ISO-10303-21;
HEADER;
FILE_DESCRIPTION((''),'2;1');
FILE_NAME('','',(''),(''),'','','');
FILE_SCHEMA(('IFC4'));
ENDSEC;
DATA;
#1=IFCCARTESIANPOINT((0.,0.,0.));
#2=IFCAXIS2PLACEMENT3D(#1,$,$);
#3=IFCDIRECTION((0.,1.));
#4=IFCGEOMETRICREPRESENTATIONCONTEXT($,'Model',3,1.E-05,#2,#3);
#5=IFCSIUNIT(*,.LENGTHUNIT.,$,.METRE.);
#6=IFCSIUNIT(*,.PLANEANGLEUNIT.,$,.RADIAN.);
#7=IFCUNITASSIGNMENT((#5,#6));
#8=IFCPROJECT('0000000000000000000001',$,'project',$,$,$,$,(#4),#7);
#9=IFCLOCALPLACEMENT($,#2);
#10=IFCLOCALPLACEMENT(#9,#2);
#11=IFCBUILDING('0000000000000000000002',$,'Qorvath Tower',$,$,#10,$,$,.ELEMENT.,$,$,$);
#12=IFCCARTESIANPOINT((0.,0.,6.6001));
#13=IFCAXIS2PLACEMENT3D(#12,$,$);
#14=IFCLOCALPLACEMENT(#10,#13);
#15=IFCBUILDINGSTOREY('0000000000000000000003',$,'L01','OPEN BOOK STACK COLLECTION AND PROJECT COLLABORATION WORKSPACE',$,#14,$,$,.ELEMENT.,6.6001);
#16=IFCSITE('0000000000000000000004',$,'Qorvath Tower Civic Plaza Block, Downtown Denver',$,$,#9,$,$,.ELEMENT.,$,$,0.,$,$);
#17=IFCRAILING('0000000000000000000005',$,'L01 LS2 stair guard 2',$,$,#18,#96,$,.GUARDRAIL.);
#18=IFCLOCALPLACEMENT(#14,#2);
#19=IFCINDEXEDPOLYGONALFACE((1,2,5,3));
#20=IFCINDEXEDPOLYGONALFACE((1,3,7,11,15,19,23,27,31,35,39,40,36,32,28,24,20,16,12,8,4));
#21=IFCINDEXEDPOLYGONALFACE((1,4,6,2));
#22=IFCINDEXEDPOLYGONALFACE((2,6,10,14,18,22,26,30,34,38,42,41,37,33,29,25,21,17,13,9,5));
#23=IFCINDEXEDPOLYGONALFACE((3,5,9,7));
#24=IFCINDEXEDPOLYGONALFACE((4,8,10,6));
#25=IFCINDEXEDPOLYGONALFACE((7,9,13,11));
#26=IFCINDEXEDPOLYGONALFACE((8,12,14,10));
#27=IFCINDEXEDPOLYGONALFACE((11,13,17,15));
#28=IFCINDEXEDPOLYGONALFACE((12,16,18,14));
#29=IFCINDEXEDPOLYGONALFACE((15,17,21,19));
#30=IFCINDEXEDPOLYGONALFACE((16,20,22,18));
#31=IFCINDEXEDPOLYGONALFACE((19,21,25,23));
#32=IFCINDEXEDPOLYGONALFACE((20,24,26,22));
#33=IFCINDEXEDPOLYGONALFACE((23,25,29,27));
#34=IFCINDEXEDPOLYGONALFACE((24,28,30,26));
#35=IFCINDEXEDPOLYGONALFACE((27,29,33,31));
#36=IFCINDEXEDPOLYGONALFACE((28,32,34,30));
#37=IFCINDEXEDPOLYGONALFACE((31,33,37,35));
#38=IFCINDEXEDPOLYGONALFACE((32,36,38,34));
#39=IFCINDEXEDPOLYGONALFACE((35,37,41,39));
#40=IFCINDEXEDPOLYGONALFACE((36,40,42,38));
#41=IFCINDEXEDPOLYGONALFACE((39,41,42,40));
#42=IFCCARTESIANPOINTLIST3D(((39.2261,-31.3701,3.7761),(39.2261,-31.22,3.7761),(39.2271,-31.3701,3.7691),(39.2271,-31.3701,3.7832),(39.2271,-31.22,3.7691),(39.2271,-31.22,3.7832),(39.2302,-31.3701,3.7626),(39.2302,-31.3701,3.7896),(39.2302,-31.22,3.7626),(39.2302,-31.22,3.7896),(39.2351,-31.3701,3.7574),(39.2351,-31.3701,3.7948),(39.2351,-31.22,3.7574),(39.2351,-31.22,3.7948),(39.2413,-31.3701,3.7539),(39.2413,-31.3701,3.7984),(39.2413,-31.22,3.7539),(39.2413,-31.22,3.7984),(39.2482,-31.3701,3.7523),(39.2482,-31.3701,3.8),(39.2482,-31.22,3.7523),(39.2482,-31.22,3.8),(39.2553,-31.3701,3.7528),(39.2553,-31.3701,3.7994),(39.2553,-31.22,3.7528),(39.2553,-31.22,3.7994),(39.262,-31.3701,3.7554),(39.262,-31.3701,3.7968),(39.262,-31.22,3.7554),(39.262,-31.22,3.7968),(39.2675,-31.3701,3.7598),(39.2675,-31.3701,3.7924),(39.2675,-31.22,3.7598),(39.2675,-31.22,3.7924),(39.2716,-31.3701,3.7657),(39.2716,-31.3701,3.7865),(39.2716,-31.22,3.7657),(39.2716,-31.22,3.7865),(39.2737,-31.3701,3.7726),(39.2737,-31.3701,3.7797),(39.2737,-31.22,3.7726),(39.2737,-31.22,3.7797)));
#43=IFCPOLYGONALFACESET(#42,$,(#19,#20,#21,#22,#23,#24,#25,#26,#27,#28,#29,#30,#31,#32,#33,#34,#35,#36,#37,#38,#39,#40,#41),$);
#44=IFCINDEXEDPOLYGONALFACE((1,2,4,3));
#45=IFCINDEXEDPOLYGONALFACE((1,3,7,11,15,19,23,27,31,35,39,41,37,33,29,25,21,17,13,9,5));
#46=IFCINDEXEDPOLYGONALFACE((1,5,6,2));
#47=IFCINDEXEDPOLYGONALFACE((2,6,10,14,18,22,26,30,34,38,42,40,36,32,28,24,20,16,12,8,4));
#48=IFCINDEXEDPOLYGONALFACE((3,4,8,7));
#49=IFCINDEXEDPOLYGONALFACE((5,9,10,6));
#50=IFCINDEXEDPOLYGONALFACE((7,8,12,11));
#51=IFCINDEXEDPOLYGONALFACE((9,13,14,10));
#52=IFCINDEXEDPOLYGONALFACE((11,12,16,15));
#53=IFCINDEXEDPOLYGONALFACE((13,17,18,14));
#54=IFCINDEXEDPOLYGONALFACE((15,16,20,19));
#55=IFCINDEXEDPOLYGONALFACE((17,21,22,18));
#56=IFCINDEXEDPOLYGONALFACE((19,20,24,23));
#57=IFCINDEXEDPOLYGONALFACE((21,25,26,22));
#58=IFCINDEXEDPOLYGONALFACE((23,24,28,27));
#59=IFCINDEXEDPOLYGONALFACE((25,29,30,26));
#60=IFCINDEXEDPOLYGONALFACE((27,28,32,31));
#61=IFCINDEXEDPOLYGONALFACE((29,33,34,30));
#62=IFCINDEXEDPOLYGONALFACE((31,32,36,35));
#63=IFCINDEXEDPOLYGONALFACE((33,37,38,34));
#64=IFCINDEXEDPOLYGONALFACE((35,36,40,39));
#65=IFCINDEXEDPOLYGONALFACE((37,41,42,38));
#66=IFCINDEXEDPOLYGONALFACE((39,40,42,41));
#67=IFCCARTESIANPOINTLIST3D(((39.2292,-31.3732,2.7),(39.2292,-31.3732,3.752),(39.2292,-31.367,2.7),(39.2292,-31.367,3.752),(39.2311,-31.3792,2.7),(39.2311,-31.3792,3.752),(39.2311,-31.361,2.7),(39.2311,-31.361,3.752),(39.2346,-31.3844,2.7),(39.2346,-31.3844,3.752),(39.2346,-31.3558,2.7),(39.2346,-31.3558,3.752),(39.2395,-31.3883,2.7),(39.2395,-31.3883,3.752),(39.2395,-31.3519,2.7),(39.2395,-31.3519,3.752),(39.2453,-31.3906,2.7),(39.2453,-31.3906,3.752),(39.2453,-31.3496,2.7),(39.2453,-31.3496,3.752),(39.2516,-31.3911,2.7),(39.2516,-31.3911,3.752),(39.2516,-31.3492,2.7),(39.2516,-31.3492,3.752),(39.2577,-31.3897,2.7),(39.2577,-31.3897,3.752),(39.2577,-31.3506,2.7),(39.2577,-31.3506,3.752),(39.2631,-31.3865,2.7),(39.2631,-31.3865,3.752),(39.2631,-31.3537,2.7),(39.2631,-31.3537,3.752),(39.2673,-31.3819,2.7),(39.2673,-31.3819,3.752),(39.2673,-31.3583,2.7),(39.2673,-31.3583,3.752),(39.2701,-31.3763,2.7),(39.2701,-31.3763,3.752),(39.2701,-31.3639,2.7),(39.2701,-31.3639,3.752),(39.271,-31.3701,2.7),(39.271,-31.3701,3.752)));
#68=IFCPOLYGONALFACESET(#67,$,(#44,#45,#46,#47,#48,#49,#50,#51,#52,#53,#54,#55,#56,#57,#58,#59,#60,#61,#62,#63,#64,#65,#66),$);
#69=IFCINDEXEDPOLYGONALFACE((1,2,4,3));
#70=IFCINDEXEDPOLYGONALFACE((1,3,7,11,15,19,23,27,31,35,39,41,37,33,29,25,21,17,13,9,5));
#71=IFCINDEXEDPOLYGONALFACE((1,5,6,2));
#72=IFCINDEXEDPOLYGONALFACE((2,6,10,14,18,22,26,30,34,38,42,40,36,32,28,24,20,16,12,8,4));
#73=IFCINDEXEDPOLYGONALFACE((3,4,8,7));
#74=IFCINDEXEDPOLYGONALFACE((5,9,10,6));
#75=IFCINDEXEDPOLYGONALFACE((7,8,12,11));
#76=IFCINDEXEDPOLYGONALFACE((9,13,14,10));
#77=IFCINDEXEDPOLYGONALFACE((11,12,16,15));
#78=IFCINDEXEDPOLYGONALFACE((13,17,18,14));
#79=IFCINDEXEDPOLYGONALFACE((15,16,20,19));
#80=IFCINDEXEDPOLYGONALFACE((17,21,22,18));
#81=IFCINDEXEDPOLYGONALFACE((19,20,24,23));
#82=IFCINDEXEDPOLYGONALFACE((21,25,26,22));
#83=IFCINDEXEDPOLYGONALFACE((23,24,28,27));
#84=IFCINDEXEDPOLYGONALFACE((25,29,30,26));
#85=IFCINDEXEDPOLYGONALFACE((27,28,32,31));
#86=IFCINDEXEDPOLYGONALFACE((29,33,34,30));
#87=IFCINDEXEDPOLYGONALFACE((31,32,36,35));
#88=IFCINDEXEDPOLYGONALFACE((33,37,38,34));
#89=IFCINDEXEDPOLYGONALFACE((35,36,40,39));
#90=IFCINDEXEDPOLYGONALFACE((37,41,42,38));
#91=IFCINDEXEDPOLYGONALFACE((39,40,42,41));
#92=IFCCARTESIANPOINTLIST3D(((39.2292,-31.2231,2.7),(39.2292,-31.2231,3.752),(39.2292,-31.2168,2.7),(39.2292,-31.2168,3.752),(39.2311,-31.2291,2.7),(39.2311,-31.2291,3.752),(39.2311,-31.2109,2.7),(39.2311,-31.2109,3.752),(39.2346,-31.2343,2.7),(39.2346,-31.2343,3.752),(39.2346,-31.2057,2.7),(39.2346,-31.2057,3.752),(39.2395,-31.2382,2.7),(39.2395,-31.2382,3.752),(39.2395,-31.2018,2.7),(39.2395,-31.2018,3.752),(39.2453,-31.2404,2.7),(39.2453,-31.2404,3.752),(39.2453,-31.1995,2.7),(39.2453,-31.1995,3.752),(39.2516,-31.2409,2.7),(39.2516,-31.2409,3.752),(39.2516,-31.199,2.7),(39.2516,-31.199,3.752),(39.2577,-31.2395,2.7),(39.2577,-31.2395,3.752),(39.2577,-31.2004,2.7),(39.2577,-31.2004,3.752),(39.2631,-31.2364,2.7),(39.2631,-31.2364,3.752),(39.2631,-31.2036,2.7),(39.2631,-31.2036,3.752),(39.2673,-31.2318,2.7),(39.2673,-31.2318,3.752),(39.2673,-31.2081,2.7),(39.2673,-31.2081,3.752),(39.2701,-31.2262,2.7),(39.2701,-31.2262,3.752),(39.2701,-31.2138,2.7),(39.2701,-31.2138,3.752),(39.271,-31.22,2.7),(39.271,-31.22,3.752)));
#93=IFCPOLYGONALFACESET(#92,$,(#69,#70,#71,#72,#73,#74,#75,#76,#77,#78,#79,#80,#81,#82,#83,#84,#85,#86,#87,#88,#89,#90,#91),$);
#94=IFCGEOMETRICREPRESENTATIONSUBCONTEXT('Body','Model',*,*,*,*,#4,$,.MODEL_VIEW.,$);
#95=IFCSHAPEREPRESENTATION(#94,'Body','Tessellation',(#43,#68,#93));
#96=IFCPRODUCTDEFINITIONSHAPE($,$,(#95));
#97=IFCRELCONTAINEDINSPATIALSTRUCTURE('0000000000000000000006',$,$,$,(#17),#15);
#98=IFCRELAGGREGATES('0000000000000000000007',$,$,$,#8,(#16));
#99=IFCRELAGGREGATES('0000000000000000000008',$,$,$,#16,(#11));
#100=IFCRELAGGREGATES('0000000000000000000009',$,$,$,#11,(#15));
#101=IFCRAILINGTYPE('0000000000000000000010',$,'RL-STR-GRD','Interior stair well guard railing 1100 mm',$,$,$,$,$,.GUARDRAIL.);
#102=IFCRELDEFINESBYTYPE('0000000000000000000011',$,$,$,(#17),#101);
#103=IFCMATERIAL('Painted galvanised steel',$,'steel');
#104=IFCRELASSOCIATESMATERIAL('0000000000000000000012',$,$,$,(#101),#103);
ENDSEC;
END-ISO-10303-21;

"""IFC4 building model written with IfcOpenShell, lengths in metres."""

from ifc_helpers import new_model, si_unit, direction, frame, origin, origin_2d, place, context, subcontext, project, spatial, circle, extrude, material, type_object, element, save


model = new_model("IFC4")

# Units and contexts
model_context = context("Model", 3, precision=1e-05, world=origin(), true_north=direction((0.0, 1.0)))
body_context = subcontext(model_context, "Body", "Model", "MODEL_VIEW")
ifc_project = project(units=[si_unit("LENGTHUNIT", "METRE"), si_unit("PLANEANGLEUNIT", "RADIAN")], contexts=[model_context])

# Site, building, storey
site_placement = place(None, origin())
site = spatial("IfcSite", under=ifc_project, at=site_placement, Name="Qorvath Tower Civic Plaza Block, Downtown Denver", CompositionType="ELEMENT", RefElevation=0.0)
building_placement = place(site_placement, origin())
building = spatial("IfcBuilding", under=site, at=building_placement, Name="Qorvath Tower", CompositionType="ELEMENT")
storey_placement = place(building_placement, frame((0.0, 0.0, 6.6001)))
storey = spatial("IfcBuildingStorey", under=building, at=storey_placement, Name="L01", Description="OPEN BOOK STACK COLLECTION AND PROJECT COLLABORATION WORKSPACE", CompositionType="ELEMENT", Elevation=6.6001)

# Railing
ifc_material_1 = material(Name="Painted galvanised steel", Category="steel")
railing_type_1 = type_object("IfcRailingType", Name="RL-STR-GRD", Description="Interior stair well guard railing 1100 mm", PredefinedType="GUARDRAIL", material=ifc_material_1)
railing_1_placement = place(storey_placement, frame((39.25, -31.3701, 2.7)))
element("IfcRailing", 1, at=railing_1_placement, inside=storey, type_object=railing_type_1, Name="L01 LS2 stair guard 2", PredefinedType="GUARDRAIL", context=body_context, shape_type="SweptSolid", body=[
    extrude(circle(Radius=0.0239, at=origin_2d()), frame((0.0, 0.0, 1.0762), z_axis=(0.0, 1.0, 0.0), x_axis=(-1.0, 0.0, 0.0)), (0.0, 0.0, 1.0), 0.1501),
    extrude(circle(Radius=0.021, at=origin_2d()), origin(), (0.0, 0.0, 1.0), 1.052),
    extrude(circle(Radius=0.021, at=origin_2d()), frame((0.0, 0.1501, 0.0)), (0.0, 0.0, 1.0), 1.052),
])

save(model, "model.ifc")
